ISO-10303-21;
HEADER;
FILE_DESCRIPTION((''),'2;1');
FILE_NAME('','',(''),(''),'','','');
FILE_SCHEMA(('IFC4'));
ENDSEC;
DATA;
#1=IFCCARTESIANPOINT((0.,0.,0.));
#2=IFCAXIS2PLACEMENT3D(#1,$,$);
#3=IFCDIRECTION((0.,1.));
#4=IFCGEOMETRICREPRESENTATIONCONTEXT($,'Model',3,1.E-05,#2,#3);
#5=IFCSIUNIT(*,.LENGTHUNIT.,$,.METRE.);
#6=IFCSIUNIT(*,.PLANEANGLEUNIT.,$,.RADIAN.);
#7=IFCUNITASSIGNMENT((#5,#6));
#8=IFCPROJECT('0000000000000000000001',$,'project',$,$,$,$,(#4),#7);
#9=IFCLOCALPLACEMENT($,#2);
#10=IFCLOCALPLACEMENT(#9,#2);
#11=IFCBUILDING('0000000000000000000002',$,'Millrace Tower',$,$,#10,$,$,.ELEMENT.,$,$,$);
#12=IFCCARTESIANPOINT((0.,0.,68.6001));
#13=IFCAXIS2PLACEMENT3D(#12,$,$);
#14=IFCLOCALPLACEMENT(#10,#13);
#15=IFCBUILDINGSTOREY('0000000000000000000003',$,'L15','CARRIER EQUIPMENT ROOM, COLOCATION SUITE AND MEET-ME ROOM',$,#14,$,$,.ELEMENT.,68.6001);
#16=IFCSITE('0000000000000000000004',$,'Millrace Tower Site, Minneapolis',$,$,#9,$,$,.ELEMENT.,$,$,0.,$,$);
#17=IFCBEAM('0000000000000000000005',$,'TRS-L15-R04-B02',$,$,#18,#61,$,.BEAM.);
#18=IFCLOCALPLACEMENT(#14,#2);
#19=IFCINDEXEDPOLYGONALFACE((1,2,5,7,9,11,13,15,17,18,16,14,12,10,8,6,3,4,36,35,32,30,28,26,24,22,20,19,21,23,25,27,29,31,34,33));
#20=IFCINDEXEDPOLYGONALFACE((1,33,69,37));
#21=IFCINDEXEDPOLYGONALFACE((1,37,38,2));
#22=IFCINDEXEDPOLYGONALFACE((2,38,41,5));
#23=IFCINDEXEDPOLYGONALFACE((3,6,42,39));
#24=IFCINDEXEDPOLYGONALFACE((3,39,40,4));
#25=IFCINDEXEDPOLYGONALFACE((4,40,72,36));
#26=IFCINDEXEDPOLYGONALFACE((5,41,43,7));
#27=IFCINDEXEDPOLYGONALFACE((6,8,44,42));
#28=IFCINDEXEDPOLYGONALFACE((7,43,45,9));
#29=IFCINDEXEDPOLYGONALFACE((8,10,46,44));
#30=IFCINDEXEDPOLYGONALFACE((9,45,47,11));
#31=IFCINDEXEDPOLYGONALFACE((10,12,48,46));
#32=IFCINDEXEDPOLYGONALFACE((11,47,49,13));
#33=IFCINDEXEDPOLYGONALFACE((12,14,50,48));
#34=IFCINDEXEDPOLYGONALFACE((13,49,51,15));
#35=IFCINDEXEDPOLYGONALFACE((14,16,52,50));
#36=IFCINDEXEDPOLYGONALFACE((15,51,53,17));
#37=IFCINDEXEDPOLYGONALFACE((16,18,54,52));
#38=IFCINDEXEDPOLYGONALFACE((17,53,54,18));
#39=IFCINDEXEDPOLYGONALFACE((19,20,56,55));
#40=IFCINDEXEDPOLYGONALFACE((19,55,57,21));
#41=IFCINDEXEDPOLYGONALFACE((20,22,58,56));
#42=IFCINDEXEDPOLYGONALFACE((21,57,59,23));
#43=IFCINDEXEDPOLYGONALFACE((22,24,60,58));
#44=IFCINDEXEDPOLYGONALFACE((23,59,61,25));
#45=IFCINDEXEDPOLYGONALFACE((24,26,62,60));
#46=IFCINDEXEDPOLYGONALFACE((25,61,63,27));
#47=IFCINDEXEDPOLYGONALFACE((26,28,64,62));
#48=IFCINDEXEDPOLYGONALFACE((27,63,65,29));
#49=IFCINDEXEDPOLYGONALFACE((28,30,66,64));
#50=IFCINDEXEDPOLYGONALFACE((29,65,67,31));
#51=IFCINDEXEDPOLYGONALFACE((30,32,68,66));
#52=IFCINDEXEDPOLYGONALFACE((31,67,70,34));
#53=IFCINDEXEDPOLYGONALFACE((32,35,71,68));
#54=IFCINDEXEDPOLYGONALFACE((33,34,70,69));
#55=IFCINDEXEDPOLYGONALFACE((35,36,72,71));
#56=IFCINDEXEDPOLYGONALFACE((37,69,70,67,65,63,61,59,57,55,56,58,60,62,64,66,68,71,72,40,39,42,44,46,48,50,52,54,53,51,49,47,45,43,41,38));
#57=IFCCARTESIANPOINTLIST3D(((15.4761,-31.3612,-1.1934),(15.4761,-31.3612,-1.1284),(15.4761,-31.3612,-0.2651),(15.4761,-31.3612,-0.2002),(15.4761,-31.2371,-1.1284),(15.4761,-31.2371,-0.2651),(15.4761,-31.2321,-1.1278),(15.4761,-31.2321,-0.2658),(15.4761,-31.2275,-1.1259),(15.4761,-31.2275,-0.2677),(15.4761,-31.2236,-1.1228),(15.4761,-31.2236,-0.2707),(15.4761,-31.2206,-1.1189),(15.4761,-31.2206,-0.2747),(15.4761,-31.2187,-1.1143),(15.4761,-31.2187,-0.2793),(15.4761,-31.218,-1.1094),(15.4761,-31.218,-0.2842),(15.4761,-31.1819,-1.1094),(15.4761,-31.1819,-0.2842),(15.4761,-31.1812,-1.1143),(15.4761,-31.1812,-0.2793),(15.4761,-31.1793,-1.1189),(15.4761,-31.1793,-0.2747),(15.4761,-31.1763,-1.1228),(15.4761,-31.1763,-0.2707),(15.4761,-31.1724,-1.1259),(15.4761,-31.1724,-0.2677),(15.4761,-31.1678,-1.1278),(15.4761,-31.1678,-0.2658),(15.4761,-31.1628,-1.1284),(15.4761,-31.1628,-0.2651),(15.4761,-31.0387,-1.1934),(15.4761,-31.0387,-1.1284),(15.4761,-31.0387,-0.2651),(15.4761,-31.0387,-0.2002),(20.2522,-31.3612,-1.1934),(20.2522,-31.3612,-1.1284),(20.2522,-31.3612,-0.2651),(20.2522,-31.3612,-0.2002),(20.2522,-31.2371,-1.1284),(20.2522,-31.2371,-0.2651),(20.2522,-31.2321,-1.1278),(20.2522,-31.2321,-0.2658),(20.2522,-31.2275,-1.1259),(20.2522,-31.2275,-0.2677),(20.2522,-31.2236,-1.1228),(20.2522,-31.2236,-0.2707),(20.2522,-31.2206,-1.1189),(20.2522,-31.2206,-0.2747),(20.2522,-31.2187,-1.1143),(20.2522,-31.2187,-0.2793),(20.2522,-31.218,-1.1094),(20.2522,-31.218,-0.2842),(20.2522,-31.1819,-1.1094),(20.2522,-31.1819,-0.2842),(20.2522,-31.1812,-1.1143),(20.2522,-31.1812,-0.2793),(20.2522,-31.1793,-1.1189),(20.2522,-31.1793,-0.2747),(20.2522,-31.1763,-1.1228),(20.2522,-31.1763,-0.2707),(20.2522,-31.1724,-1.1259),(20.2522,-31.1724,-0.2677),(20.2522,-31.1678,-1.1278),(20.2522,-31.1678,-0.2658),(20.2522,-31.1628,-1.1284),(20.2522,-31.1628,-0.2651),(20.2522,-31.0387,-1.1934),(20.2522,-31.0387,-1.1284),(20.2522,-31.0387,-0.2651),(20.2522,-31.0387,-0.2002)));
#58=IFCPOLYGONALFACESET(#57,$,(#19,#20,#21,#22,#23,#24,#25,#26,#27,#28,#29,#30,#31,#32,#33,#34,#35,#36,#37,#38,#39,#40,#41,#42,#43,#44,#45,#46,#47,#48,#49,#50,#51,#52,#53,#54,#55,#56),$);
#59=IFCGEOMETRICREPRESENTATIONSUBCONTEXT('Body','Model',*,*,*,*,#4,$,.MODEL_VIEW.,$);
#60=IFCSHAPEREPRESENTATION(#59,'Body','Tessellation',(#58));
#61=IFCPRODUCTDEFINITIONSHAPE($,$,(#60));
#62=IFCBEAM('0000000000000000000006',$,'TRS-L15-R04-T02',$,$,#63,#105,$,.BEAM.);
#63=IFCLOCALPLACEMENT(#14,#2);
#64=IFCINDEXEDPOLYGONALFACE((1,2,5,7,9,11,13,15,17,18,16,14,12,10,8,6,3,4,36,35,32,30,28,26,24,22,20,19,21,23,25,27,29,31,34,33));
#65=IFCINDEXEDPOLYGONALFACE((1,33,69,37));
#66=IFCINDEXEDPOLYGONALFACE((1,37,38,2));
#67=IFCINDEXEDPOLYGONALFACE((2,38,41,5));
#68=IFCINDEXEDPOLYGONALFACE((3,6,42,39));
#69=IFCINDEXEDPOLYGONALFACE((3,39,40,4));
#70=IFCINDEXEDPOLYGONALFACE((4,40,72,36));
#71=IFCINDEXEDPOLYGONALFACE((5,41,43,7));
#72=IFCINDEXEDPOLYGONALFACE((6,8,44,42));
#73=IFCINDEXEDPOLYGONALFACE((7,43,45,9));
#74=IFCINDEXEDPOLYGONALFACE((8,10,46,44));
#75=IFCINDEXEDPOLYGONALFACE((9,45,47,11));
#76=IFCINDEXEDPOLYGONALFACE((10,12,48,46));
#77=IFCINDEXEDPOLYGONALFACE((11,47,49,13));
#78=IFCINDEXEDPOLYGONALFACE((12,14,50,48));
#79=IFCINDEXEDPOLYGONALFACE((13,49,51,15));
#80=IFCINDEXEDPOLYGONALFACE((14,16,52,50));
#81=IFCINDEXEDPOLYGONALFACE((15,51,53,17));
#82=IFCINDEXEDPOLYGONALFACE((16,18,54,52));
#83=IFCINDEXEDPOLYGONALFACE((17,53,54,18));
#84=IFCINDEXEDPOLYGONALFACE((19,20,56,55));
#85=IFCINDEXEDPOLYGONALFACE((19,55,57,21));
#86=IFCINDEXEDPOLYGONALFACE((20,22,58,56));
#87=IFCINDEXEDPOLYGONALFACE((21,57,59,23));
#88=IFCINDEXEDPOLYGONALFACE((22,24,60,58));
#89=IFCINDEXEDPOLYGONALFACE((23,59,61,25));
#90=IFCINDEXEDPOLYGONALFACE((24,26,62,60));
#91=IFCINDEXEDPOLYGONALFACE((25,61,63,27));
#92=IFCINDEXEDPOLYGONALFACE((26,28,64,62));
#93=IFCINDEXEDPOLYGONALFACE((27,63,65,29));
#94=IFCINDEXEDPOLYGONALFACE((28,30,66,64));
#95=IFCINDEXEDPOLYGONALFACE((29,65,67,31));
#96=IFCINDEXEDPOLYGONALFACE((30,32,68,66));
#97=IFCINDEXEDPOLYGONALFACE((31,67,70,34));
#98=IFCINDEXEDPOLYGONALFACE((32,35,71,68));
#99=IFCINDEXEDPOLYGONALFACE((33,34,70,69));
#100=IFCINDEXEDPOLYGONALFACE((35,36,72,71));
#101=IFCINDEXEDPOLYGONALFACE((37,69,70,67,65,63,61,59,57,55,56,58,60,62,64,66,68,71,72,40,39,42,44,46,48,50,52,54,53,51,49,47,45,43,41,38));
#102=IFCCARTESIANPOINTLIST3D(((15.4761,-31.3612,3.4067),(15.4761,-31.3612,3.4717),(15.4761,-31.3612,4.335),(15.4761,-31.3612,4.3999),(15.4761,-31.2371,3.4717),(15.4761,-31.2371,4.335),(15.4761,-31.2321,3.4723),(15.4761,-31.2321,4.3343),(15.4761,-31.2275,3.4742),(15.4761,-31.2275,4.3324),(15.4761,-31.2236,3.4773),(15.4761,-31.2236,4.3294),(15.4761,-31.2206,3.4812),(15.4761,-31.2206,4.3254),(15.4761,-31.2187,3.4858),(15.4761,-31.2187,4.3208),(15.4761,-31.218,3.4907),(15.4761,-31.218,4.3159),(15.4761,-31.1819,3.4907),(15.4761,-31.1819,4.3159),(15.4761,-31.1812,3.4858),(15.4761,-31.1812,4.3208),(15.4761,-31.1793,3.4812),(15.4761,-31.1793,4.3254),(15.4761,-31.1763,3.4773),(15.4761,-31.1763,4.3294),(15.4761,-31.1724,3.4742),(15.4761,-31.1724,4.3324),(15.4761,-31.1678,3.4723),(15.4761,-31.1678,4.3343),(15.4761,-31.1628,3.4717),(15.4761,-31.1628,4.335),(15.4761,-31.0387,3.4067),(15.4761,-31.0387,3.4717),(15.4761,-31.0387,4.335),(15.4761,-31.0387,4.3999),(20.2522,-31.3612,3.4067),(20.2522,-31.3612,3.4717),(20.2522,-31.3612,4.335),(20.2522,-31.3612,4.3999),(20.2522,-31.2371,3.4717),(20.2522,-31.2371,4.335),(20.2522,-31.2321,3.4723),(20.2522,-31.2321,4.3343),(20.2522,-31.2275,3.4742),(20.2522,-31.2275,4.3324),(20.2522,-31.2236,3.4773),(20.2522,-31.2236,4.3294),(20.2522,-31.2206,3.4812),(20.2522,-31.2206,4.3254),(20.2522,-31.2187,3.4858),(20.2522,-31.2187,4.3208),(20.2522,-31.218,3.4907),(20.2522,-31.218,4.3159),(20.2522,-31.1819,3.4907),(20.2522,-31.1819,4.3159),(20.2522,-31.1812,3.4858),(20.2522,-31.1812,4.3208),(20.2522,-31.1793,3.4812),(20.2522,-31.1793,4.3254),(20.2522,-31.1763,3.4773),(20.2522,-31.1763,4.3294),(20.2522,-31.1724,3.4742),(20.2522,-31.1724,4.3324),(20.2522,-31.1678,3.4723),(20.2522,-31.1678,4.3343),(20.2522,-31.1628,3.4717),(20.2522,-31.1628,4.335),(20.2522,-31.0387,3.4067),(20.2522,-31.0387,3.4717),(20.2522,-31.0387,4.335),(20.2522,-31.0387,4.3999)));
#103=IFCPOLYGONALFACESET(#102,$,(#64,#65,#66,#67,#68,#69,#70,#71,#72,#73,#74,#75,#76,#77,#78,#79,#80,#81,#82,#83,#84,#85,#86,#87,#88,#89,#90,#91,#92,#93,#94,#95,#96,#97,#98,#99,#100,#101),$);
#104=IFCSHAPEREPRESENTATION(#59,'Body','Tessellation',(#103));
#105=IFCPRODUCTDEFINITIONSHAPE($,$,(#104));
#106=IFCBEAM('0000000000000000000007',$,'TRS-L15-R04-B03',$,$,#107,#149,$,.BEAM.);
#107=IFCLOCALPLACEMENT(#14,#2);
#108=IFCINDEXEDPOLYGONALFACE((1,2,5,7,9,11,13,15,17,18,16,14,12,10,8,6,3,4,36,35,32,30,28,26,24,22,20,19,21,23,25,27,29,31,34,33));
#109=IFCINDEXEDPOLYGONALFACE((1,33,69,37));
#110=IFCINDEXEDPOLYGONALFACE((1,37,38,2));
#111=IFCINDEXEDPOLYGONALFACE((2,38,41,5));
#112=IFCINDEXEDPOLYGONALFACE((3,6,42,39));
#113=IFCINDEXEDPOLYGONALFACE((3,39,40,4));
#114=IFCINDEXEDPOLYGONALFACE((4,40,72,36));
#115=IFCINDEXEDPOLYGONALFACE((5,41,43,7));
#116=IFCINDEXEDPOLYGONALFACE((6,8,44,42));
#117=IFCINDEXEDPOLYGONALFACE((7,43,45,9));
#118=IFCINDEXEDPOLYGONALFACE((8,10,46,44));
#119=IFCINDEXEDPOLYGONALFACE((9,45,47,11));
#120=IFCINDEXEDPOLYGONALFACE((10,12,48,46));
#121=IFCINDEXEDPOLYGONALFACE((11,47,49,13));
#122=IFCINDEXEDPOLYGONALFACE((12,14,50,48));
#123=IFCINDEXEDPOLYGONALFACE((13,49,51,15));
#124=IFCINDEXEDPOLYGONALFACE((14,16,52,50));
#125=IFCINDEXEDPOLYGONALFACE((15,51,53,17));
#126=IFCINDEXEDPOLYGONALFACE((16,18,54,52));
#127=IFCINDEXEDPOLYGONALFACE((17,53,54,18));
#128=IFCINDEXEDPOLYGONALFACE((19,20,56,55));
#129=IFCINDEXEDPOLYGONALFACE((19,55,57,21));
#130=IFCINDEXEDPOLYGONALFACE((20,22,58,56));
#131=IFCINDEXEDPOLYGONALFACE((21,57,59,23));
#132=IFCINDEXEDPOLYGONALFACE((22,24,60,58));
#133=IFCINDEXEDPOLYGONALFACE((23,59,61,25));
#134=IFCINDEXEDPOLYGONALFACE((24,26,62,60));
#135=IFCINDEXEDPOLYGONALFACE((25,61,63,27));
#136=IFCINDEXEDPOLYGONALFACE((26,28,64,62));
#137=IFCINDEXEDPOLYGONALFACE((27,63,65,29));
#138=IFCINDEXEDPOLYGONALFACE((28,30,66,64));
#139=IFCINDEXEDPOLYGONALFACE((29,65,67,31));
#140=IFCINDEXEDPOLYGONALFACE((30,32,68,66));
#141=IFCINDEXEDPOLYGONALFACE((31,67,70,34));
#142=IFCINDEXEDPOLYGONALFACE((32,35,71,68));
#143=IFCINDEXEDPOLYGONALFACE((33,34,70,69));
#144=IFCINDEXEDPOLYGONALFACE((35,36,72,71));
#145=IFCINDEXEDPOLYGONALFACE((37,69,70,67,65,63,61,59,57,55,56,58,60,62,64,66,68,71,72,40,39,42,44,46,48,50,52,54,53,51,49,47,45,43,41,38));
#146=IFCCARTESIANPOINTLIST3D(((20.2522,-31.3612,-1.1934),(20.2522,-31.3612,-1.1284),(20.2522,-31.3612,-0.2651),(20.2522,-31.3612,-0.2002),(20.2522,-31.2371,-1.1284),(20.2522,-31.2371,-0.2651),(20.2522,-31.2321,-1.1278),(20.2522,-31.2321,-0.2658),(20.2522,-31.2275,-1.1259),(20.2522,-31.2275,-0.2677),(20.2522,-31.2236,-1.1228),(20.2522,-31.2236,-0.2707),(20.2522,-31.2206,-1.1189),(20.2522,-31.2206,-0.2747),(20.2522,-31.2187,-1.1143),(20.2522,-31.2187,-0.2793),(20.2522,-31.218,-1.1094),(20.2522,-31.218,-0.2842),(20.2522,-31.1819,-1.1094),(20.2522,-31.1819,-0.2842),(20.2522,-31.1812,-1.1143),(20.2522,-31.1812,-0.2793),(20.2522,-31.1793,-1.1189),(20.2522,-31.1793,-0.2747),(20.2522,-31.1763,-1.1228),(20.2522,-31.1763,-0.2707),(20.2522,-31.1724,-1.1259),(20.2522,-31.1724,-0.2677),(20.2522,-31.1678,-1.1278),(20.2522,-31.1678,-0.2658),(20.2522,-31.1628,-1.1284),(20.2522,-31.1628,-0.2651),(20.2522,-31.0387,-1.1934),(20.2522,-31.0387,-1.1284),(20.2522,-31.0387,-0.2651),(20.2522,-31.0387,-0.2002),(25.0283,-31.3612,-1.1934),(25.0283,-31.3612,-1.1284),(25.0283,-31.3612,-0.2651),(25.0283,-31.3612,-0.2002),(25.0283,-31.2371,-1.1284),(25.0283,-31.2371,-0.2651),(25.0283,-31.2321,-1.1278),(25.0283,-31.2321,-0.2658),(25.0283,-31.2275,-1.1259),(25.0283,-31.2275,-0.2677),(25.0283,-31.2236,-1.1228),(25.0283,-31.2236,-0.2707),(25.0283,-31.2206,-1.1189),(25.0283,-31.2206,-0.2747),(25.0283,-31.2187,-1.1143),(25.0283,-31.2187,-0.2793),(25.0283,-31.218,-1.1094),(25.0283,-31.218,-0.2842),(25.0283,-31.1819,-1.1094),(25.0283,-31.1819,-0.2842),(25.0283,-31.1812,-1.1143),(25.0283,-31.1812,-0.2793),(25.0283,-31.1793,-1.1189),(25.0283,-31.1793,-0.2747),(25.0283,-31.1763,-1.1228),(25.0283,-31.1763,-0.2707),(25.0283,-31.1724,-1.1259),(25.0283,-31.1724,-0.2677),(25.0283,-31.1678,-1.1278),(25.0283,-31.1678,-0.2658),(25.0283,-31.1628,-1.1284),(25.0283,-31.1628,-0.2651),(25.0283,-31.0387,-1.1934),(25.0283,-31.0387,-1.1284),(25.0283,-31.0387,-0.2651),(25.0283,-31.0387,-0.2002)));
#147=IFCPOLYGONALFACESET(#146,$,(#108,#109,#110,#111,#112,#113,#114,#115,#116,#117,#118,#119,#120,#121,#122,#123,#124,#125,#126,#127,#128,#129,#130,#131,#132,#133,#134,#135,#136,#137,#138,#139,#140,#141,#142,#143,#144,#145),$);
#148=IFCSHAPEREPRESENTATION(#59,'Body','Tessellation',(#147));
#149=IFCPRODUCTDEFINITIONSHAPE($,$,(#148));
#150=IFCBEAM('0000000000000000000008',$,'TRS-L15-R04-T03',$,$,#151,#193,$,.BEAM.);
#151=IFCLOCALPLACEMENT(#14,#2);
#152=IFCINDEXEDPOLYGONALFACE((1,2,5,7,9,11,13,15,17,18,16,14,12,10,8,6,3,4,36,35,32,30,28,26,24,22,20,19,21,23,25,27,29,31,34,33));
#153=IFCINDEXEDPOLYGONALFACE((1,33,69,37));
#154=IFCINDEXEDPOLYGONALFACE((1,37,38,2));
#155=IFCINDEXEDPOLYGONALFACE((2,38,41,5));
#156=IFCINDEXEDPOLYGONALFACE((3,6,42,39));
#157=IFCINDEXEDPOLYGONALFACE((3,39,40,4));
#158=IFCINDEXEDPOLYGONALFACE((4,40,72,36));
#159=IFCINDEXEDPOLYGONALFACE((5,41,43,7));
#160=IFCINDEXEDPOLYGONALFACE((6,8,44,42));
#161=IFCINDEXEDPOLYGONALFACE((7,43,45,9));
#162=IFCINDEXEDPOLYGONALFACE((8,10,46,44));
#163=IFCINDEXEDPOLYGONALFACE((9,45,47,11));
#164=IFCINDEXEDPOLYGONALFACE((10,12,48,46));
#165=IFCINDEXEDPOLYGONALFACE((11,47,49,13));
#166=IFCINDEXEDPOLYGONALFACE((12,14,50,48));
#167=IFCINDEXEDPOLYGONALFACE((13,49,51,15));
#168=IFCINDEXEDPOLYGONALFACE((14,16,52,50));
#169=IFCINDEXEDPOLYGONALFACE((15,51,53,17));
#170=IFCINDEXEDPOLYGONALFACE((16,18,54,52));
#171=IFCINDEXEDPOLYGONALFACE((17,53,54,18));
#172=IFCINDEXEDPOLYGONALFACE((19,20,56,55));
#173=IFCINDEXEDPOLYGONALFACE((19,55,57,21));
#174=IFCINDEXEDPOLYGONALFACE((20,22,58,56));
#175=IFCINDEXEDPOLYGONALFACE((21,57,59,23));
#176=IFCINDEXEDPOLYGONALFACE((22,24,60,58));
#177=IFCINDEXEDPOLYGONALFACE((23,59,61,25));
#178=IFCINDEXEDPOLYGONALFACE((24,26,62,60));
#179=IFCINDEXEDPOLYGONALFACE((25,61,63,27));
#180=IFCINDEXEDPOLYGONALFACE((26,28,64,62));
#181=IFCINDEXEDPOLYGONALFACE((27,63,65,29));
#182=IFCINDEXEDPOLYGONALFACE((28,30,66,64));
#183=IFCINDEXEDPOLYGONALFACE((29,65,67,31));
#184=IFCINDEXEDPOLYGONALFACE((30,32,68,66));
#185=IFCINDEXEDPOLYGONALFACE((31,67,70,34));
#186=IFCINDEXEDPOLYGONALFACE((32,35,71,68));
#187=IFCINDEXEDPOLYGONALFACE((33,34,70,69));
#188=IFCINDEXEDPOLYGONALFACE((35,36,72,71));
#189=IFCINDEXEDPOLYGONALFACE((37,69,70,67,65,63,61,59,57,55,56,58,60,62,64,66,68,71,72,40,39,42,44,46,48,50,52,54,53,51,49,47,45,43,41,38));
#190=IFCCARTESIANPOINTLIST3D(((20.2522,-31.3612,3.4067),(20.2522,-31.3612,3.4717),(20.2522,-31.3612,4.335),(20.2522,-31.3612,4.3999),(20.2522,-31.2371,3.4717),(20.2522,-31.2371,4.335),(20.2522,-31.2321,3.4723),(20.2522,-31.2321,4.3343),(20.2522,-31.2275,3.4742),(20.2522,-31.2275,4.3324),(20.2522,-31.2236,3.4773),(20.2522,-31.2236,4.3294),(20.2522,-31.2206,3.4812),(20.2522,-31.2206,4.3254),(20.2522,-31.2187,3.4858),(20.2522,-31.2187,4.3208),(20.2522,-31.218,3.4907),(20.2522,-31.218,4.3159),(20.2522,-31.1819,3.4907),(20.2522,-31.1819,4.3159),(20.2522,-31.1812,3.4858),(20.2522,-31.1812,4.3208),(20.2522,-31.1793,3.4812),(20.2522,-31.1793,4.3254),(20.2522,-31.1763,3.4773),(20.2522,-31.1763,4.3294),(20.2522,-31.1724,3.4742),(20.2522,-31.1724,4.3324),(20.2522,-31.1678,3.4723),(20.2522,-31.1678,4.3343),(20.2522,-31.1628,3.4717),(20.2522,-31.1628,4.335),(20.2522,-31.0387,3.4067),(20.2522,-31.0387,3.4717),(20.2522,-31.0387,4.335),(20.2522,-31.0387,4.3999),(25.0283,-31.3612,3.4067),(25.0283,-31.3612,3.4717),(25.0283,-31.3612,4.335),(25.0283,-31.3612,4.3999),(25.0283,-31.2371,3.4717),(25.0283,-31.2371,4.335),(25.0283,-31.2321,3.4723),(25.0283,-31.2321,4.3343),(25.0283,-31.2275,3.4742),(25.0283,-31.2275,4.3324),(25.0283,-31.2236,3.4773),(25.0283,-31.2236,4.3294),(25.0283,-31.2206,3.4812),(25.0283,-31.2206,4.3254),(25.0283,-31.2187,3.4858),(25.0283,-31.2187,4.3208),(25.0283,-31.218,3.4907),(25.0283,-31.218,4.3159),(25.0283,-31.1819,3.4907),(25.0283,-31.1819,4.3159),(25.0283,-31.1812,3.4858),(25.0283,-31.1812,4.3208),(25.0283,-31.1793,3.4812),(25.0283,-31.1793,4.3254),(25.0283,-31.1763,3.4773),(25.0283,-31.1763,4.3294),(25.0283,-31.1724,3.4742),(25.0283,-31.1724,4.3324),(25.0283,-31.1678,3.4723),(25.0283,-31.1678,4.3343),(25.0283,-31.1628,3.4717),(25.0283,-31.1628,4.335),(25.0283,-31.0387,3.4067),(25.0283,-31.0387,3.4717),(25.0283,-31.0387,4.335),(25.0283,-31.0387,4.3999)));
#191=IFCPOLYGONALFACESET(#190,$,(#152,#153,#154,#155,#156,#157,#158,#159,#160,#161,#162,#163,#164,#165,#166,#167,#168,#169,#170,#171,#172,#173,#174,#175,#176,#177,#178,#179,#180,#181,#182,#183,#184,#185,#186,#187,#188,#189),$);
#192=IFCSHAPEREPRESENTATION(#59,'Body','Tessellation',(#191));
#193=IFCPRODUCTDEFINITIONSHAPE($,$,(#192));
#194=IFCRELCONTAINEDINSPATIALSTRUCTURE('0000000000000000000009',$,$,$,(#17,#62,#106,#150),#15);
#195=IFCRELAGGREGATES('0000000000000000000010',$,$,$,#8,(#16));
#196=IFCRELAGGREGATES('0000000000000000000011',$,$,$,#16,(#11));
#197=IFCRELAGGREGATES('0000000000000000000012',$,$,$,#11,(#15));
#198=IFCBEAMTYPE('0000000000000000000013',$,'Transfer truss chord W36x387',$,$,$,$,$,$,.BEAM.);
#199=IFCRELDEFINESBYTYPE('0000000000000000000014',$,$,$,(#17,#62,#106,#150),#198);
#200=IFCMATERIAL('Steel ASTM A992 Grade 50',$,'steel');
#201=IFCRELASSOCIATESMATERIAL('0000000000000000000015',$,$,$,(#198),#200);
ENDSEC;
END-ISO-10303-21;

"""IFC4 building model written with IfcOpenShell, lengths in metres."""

from ifc_helpers import new_model, si_unit, direction, frame, origin, origin_2d, place, context, subcontext, project, spatial, i_section, extrude, material, material_profile, profile_set, type_object, element, save


model = new_model("IFC4")

# Units and contexts
model_context = context("Model", 3, precision=1e-05, world=origin(), true_north=direction((0.0, 1.0)))
body_context = subcontext(model_context, "Body", "Model", "MODEL_VIEW")
ifc_project = project(units=[si_unit("LENGTHUNIT", "METRE"), si_unit("PLANEANGLEUNIT", "RADIAN")], contexts=[model_context])

# Site, building, storey
site_placement = place(None, origin())
site = spatial("IfcSite", under=ifc_project, at=site_placement, Name="Millrace Tower Site, Minneapolis", CompositionType="ELEMENT", RefElevation=0.0)
building_placement = place(site_placement, origin())
building = spatial("IfcBuilding", under=site, at=building_placement, Name="Millrace Tower", CompositionType="ELEMENT")
storey_placement = place(building_placement, frame((0.0, 0.0, 68.6001)))
storey = spatial("IfcBuildingStorey", under=building, at=storey_placement, Name="L15", Description="CARRIER EQUIPMENT ROOM, COLOCATION SUITE AND MEET-ME ROOM", CompositionType="ELEMENT", Elevation=68.6001)

# Beams
ifc_material_1 = material(Name="Steel ASTM A992 Grade 50", Category="steel")
ifc_material_profile_1 = material_profile(ifc_material_1, i_section(OverallWidth=0.3225, OverallDepth=0.9932, WebThickness=0.0361, FlangeThickness=0.0649, FilletRadius=0.019, at=origin_2d()))
ifc_profile_set_1 = profile_set([ifc_material_profile_1], Name="Steel ASTM A992 Grade 50")
beam_type_1 = type_object("IfcBeamType", Name="Transfer truss chord W36x387", PredefinedType="BEAM", material=ifc_profile_set_1)
for number, where, z_axis, x_axis, name in (
    (1, (15.4761, -31.2, -0.6968), (1.0, 0.0, 0.0), (0.0, 1.0, 0.0), "TRS-L15-R04-B02"),
    (2, (15.4761, -31.2, 3.9033), (1.0, 0.0, 0.0), (0.0, 1.0, 0.0), "TRS-L15-R04-T02"),
    (3, (20.2522, -31.2, -0.6968), (1.0, 0.0, 0.0), (0.0, 1.0, 0.0), "TRS-L15-R04-B03"),
    (4, (20.2522, -31.2, 3.9033), (1.0, 0.0, 0.0), (0.0, 1.0, 0.0), "TRS-L15-R04-T03"),
):
    element("IfcBeam", number, at=place(storey_placement, frame(where, z_axis=z_axis, x_axis=x_axis)), inside=storey, type_object=beam_type_1, Name=name, PredefinedType="BEAM", context=body_context, shape_type="SweptSolid", body=[
        extrude(i_section(OverallWidth=0.3225, OverallDepth=0.9932, WebThickness=0.0361, FlangeThickness=0.0649, FilletRadius=0.019, at=origin_2d()), origin(), (0.0, 0.0, 1.0), 4.7761),
    ])

save(model, "model.ifc")
